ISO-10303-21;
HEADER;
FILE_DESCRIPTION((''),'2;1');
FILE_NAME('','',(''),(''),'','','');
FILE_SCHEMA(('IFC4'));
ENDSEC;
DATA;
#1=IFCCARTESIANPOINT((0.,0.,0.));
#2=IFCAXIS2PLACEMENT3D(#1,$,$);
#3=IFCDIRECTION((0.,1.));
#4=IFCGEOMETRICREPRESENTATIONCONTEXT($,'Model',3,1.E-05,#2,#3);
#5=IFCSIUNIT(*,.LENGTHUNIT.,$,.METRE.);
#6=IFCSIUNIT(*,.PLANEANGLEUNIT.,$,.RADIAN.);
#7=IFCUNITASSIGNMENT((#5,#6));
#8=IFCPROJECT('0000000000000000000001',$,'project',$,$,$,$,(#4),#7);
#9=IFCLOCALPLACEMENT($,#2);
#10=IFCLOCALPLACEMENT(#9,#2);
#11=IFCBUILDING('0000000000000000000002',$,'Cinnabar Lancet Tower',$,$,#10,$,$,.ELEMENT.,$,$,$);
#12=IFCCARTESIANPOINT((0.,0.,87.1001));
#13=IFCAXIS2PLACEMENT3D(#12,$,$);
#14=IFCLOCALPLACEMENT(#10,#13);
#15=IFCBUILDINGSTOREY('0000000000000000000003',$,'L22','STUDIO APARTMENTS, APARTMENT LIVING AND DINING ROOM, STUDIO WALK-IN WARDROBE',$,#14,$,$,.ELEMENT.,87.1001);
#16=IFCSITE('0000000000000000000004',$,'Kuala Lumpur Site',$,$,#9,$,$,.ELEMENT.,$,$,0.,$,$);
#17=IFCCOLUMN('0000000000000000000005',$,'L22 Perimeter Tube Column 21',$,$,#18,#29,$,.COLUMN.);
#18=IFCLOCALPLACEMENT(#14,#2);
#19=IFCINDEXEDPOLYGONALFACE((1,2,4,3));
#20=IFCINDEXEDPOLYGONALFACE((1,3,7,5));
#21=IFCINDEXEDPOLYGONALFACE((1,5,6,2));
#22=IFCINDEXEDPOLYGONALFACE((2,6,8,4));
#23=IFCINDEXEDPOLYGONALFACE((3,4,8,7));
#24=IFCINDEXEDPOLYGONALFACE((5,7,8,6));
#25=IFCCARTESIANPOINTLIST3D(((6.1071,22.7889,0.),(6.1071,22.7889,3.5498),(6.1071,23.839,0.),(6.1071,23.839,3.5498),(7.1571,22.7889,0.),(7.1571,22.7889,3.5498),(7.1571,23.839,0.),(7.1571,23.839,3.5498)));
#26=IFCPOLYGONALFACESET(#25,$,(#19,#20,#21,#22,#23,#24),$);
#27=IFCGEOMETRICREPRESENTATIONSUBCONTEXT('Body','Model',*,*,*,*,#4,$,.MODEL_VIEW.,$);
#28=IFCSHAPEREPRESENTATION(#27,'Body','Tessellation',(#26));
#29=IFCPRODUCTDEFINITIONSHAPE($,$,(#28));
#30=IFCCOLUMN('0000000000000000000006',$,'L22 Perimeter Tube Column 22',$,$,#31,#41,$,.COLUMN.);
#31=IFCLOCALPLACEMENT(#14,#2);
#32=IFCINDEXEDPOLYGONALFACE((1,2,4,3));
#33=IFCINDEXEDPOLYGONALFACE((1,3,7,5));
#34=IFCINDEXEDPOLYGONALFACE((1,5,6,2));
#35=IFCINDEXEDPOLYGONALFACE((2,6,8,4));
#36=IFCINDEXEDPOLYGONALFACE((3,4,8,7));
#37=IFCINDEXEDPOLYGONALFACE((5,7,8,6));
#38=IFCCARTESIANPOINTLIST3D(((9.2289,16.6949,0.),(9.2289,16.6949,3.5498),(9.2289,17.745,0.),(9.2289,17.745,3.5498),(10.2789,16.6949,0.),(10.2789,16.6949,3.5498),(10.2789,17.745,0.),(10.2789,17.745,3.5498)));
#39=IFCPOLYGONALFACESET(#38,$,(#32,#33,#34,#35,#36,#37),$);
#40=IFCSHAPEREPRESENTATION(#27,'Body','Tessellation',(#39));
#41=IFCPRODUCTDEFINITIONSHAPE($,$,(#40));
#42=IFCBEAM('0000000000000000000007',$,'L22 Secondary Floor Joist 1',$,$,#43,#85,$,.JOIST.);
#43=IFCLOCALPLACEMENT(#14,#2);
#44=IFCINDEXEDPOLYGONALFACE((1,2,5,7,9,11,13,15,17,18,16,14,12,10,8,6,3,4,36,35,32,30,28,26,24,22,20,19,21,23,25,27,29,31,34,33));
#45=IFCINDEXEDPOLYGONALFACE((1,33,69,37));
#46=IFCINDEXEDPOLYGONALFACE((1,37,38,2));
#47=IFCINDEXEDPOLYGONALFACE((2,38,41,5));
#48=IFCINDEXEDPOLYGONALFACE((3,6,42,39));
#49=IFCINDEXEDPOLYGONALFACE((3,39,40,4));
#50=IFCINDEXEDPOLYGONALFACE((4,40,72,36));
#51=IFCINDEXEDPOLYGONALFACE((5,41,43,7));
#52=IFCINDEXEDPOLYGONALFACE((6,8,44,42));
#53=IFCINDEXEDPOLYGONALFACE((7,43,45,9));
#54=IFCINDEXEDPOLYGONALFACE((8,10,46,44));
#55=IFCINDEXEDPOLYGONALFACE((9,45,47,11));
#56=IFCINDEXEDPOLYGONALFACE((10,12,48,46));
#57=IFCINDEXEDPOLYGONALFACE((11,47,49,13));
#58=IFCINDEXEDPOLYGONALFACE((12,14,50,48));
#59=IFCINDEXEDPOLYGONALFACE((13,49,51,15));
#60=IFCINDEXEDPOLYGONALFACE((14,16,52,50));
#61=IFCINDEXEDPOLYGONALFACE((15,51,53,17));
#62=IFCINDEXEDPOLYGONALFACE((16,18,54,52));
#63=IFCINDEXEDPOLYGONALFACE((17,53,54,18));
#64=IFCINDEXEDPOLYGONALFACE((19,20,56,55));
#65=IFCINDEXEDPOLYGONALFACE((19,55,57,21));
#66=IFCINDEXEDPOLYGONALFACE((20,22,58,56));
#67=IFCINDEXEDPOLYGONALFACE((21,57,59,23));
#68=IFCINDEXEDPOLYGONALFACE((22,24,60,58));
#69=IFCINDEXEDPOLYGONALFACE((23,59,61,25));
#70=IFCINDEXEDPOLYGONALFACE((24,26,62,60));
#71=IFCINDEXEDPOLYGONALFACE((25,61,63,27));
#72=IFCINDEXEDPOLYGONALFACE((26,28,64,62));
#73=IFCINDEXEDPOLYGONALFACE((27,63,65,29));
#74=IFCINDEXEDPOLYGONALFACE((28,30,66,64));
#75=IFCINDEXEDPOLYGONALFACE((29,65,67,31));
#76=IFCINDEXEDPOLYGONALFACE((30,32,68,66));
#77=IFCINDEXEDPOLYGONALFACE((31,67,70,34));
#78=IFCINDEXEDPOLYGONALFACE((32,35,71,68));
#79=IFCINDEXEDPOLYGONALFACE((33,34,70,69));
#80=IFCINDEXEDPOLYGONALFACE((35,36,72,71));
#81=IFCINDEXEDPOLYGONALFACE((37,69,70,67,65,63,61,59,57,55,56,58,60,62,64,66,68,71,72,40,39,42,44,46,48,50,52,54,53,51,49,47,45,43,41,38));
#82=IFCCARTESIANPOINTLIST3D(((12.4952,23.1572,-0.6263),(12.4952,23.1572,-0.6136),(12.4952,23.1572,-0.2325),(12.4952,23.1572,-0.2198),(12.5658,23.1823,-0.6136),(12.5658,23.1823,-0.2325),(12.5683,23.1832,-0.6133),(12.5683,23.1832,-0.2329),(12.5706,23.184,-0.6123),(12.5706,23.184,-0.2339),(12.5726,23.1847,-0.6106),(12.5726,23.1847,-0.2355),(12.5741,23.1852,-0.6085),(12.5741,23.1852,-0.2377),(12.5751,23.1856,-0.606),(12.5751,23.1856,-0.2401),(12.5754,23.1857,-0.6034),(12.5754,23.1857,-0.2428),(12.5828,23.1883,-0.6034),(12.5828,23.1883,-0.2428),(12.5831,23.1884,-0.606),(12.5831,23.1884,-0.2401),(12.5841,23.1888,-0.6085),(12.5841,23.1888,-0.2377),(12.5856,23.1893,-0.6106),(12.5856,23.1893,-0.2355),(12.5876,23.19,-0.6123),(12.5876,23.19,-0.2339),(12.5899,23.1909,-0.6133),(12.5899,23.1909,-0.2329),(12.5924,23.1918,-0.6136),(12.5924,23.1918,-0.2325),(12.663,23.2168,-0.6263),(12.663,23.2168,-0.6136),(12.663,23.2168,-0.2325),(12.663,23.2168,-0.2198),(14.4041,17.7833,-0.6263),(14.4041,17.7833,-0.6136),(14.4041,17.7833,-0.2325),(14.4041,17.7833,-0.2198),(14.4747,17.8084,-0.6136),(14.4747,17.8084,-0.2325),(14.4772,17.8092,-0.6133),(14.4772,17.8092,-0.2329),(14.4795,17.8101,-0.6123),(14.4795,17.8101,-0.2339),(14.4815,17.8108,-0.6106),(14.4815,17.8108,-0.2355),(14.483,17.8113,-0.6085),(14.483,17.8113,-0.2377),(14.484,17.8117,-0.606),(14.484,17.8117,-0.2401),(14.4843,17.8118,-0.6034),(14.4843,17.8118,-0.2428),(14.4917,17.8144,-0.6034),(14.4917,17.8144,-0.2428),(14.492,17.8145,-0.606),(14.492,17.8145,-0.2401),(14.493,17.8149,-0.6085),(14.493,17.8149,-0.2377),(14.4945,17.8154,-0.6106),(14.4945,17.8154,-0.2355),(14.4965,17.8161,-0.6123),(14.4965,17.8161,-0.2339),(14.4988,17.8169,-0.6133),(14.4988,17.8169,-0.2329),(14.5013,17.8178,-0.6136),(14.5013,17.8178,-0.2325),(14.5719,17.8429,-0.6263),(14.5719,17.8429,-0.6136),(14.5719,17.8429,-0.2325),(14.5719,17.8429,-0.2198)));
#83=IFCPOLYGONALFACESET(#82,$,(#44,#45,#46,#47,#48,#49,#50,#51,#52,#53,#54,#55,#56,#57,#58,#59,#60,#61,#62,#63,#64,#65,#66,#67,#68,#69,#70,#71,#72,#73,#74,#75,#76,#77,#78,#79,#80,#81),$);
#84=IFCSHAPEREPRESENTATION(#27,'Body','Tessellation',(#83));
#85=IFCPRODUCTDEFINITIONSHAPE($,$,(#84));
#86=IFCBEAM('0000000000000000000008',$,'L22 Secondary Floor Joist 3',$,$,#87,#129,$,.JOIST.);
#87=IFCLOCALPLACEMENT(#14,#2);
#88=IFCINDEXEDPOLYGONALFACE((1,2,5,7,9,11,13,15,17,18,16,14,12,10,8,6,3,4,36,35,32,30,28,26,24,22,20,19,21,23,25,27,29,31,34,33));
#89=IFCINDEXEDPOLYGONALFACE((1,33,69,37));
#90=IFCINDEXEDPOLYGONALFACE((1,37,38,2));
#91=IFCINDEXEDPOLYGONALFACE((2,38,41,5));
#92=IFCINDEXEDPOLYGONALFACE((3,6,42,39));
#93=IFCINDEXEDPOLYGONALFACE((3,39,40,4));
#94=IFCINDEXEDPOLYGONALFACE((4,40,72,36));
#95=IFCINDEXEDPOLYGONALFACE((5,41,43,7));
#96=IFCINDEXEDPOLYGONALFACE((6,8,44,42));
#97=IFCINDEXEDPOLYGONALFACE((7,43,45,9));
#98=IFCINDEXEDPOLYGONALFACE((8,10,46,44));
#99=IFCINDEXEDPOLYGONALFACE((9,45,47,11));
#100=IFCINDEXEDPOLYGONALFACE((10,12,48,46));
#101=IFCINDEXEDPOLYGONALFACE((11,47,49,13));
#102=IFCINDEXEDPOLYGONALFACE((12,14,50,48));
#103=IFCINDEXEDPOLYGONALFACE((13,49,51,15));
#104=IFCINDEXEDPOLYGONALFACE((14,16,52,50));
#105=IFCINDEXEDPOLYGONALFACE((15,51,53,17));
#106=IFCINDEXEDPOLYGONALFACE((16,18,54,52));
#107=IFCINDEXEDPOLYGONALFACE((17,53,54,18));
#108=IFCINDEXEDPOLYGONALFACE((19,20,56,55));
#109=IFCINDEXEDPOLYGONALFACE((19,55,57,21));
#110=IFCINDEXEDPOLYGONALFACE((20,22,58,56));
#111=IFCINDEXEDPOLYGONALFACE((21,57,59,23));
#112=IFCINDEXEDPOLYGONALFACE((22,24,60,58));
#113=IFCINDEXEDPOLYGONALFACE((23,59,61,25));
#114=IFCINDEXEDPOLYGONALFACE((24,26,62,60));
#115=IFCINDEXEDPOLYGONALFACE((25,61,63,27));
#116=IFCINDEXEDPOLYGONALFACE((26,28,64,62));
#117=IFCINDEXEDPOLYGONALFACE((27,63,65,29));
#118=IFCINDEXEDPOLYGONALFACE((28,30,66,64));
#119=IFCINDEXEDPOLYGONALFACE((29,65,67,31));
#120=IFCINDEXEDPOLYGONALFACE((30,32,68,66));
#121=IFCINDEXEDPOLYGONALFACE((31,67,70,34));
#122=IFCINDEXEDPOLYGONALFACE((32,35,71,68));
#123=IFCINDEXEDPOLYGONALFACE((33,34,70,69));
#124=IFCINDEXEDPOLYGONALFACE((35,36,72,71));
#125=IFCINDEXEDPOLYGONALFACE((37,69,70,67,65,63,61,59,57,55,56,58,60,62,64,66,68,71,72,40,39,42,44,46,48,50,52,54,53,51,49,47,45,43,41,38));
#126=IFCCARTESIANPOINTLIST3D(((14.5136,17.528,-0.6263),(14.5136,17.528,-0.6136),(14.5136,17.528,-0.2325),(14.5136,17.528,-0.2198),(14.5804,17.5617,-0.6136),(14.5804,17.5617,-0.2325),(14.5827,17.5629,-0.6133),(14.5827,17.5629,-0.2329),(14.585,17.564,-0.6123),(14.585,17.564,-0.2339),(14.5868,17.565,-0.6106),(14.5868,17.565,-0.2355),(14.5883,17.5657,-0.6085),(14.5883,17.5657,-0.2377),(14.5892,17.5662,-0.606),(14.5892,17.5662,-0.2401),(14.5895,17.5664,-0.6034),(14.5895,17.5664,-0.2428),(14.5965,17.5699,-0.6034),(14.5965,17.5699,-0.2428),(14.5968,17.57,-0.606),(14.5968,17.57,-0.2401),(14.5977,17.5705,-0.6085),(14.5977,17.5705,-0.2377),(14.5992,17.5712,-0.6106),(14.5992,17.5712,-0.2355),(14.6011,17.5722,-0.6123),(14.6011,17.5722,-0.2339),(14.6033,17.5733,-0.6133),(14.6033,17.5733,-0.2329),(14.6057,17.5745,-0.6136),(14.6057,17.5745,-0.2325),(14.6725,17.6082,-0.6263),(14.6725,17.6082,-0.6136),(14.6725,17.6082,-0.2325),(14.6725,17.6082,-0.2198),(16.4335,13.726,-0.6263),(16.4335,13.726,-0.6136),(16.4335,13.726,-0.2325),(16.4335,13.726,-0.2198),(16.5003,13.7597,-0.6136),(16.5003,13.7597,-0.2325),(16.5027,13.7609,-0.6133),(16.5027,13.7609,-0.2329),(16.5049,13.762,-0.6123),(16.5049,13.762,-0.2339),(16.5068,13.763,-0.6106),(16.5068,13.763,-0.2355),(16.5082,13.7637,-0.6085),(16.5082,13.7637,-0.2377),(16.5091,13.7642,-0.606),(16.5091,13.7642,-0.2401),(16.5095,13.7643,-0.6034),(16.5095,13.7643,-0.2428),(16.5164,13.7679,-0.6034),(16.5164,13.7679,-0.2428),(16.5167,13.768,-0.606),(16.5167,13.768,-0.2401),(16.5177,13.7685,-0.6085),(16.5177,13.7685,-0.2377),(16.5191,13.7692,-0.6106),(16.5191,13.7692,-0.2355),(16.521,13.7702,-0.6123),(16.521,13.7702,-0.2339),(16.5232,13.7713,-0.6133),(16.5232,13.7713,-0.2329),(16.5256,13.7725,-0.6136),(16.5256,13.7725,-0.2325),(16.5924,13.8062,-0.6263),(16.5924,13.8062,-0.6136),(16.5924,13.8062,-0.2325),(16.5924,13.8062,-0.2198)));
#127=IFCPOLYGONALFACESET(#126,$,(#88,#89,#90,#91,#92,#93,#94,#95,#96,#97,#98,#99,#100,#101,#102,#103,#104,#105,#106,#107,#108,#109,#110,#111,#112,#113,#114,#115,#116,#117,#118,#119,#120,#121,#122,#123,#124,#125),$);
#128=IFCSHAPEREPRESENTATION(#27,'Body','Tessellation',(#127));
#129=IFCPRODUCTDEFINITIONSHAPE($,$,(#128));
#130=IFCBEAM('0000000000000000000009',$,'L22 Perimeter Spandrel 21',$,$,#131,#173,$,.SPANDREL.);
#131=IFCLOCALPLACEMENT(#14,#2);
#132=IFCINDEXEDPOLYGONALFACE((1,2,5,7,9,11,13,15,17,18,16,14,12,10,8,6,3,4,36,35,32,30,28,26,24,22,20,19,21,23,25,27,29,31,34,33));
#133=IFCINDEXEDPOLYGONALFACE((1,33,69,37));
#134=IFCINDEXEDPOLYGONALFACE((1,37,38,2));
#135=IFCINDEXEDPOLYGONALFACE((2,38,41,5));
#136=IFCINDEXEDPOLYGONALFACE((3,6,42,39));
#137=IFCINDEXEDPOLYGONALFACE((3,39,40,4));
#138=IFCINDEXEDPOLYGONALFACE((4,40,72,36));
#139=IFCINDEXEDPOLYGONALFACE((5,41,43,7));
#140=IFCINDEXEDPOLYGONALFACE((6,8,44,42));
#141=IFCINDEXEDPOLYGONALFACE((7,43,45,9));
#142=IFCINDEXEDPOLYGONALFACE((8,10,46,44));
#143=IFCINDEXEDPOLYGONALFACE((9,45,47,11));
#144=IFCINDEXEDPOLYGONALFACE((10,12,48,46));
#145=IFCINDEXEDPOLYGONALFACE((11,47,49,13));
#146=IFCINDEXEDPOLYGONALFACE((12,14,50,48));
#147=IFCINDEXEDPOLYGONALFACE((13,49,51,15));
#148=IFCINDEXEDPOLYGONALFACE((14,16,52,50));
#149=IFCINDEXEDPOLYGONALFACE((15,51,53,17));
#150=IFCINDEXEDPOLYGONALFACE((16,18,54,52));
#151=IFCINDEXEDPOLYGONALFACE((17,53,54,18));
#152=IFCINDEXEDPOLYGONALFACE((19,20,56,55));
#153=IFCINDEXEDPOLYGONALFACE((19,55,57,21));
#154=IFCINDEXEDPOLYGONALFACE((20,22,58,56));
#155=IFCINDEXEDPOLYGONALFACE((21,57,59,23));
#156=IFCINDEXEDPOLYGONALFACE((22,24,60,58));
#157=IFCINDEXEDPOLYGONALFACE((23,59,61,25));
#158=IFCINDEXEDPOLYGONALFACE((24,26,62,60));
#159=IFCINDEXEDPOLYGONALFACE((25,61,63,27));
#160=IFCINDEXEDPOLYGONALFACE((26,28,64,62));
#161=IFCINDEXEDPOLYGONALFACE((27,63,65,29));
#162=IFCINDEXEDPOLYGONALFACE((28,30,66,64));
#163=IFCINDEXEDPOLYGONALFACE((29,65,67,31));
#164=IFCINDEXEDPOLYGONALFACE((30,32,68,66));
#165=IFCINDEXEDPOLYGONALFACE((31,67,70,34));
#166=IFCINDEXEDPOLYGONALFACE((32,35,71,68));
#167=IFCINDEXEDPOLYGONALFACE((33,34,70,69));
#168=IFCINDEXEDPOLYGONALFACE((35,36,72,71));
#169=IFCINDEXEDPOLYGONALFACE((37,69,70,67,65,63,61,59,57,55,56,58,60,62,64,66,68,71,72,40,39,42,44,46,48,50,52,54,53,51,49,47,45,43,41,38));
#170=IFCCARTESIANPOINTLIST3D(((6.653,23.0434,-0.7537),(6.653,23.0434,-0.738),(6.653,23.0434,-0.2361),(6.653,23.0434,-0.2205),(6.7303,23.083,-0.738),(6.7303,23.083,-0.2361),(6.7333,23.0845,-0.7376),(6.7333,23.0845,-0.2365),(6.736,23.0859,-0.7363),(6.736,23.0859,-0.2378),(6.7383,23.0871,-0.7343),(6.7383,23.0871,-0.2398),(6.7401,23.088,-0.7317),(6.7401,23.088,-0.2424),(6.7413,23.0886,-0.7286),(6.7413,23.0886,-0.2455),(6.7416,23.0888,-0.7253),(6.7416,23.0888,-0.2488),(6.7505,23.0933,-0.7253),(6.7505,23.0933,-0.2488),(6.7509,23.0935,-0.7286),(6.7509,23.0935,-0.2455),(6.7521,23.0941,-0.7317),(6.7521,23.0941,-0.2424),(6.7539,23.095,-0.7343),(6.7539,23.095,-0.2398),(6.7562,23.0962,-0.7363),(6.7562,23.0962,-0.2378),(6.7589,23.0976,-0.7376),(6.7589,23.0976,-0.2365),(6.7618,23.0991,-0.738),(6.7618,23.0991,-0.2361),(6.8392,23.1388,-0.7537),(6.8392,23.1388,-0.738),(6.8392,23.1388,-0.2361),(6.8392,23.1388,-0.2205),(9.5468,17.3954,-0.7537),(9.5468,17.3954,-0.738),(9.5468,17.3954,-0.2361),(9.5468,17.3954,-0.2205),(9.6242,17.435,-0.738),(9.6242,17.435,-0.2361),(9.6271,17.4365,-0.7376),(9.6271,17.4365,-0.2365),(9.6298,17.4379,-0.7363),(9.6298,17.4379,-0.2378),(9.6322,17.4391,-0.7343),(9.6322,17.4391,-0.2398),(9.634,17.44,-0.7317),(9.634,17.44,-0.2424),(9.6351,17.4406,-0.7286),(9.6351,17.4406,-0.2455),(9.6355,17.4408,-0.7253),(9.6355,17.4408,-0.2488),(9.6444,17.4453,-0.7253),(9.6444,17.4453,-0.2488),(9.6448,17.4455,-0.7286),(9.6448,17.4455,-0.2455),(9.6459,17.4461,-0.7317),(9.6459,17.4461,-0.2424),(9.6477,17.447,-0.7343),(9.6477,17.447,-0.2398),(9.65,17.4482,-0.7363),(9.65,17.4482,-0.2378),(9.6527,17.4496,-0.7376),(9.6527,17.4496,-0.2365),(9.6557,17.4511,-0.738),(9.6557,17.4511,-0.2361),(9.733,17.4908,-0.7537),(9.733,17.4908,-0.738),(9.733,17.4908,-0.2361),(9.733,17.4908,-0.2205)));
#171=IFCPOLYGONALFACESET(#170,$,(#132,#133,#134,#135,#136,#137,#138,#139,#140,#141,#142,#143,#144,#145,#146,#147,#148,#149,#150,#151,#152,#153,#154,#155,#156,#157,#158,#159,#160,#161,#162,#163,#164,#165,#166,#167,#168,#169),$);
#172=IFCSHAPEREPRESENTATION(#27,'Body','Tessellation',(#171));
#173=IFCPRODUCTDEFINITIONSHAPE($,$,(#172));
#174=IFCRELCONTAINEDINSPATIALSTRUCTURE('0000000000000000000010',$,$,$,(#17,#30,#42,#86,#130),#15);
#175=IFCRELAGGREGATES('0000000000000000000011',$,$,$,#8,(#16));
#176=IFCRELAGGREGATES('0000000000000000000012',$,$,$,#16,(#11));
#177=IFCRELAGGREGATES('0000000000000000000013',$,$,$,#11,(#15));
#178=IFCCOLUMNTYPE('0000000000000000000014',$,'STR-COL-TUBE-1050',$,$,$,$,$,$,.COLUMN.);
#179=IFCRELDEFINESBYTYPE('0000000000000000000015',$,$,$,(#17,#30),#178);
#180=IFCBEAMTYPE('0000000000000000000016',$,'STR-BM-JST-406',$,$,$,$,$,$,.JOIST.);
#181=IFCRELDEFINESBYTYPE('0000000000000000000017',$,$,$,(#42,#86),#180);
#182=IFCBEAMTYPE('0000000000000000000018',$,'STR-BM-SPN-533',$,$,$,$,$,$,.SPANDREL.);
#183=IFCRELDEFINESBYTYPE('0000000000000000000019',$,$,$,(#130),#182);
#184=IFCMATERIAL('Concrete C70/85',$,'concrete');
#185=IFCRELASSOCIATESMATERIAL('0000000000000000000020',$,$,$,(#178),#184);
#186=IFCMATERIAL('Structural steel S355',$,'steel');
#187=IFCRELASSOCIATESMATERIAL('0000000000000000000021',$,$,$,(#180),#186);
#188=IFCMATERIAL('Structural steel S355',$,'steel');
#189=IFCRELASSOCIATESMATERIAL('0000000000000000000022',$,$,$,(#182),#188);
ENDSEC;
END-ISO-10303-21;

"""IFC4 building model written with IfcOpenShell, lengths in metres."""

from ifc_helpers import new_model, si_unit, direction, frame, origin, origin_2d, place, context, subcontext, project, spatial, rectangle, i_section, extrude, material, material_profile, profile_set, type_object, element, save


model = new_model("IFC4")

# Units and contexts
model_context = context("Model", 3, precision=1e-05, world=origin(), true_north=direction((0.0, 1.0)))
body_context = subcontext(model_context, "Body", "Model", "MODEL_VIEW")
ifc_project = project(units=[si_unit("LENGTHUNIT", "METRE"), si_unit("PLANEANGLEUNIT", "RADIAN")], contexts=[model_context])

# Site, building, storey
site_placement = place(None, origin())
site = spatial("IfcSite", under=ifc_project, at=site_placement, Name="Kuala Lumpur Site", CompositionType="ELEMENT", RefElevation=0.0)
building_placement = place(site_placement, origin())
building = spatial("IfcBuilding", under=site, at=building_placement, Name="Cinnabar Lancet Tower", CompositionType="ELEMENT")
storey_placement = place(building_placement, frame((0.0, 0.0, 87.1001)))
storey = spatial("IfcBuildingStorey", under=building, at=storey_placement, Name="L22", Description="STUDIO APARTMENTS, APARTMENT LIVING AND DINING ROOM, STUDIO WALK-IN WARDROBE", CompositionType="ELEMENT", Elevation=87.1001)

# Columns
ifc_material_1 = material(Name="Concrete C70/85", Category="concrete")
ifc_material_profile_1 = material_profile(ifc_material_1, rectangle(XDim=1.05, YDim=1.05, at=origin_2d()), Name="RC-COL 1050x1050")
ifc_profile_set_1 = profile_set([ifc_material_profile_1], Name="Concrete C70/85")
column_type = type_object("IfcColumnType", Name="STR-COL-TUBE-1050", PredefinedType="COLUMN", material=ifc_profile_set_1)
for number, where, z_axis, x_axis, name in (
    (1, (6.6321, 23.314, 0.0), (0.0, 0.0, 1.0), (1.0, 0.0, 0.0), "L22 Perimeter Tube Column 21"),
    (2, (9.7539, 17.22, 0.0), (0.0, 0.0, 1.0), (1.0, 0.0, 0.0), "L22 Perimeter Tube Column 22"),
):
    element("IfcColumn", number, at=place(storey_placement, frame(where, z_axis=z_axis, x_axis=x_axis)), inside=storey, type_object=column_type, Name=name, PredefinedType="COLUMN", context=body_context, shape_type="SweptSolid", body=[
        extrude(rectangle(XDim=1.05, YDim=1.05, at=origin_2d()), origin(), (0.0, 0.0, 1.0), 3.5498),
    ])

# Beams
ifc_material_2 = material(Name="Structural steel S355", Category="steel")
ifc_material_profile_2 = material_profile(ifc_material_2, i_section(OverallWidth=0.178, OverallDepth=0.4065, WebThickness=0.0078, FlangeThickness=0.0127, FilletRadius=0.0103, at=origin_2d()), Name="UKB 406x178x60")
ifc_profile_set_2 = profile_set([ifc_material_profile_2], Name="Structural steel S355")
beam_type_1 = type_object("IfcBeamType", Name="STR-BM-JST-406", PredefinedType="JOIST", material=ifc_profile_set_2)
beam_1_placement = place(storey_placement, frame((12.5791, 23.187, -0.4231), z_axis=(0.334725, -0.942316, 0.0), x_axis=(0.942316, 0.334725, 0.0)))
element("IfcBeam", 3, at=beam_1_placement, inside=storey, type_object=beam_type_1, Name="L22 Secondary Floor Joist 1", PredefinedType="JOIST", context=body_context, shape_type="SweptSolid", body=[
    extrude(i_section(OverallWidth=0.178, OverallDepth=0.4065, WebThickness=0.0078, FlangeThickness=0.0127, FilletRadius=0.0103, at=origin_2d()), origin(), (0.0, 0.0, 1.0), 5.7029),
])
beam_2_placement = place(storey_placement, frame((14.593, 17.5681, -0.4231), z_axis=(0.450764, -0.892643, 0.0), x_axis=(0.892643, 0.450764, 0.0)))
element("IfcBeam", 4, at=beam_2_placement, inside=storey, type_object=beam_type_1, Name="L22 Secondary Floor Joist 3", PredefinedType="JOIST", context=body_context, shape_type="SweptSolid", body=[
    extrude(i_section(OverallWidth=0.178, OverallDepth=0.4065, WebThickness=0.0078, FlangeThickness=0.0127, FilletRadius=0.0103, at=origin_2d()), origin(), (0.0, 0.0, 1.0), 4.2593),
])
ifc_material_3 = material(Name="Structural steel S355", Category="steel")
ifc_material_profile_3 = material_profile(ifc_material_3, i_section(OverallWidth=0.2092, OverallDepth=0.5332, WebThickness=0.01, FlangeThickness=0.0156, FilletRadius=0.0127, at=origin_2d()), Name="UKB 533x210x92")
ifc_profile_set_3 = profile_set([ifc_material_profile_3], Name="Structural steel S355")
beam_type_2 = type_object("IfcBeamType", Name="STR-BM-SPN-533", PredefinedType="SPANDREL", material=ifc_profile_set_3)
beam_3_placement = place(storey_placement, frame((6.7461, 23.0911, -0.4871), z_axis=(0.455994, -0.889983, 0.0), x_axis=(0.889983, 0.455994, 0.0)))
element("IfcBeam", 5, at=beam_3_placement, inside=storey, type_object=beam_type_2, Name="L22 Perimeter Spandrel 21", PredefinedType="SPANDREL", context=body_context, shape_type="SweptSolid", body=[
    extrude(i_section(OverallWidth=0.2092, OverallDepth=0.5332, WebThickness=0.01, FlangeThickness=0.0156, FilletRadius=0.0127, at=origin_2d()), origin(), (0.0, 0.0, 1.0), 6.3462),
])

save(model, "model.ifc")
